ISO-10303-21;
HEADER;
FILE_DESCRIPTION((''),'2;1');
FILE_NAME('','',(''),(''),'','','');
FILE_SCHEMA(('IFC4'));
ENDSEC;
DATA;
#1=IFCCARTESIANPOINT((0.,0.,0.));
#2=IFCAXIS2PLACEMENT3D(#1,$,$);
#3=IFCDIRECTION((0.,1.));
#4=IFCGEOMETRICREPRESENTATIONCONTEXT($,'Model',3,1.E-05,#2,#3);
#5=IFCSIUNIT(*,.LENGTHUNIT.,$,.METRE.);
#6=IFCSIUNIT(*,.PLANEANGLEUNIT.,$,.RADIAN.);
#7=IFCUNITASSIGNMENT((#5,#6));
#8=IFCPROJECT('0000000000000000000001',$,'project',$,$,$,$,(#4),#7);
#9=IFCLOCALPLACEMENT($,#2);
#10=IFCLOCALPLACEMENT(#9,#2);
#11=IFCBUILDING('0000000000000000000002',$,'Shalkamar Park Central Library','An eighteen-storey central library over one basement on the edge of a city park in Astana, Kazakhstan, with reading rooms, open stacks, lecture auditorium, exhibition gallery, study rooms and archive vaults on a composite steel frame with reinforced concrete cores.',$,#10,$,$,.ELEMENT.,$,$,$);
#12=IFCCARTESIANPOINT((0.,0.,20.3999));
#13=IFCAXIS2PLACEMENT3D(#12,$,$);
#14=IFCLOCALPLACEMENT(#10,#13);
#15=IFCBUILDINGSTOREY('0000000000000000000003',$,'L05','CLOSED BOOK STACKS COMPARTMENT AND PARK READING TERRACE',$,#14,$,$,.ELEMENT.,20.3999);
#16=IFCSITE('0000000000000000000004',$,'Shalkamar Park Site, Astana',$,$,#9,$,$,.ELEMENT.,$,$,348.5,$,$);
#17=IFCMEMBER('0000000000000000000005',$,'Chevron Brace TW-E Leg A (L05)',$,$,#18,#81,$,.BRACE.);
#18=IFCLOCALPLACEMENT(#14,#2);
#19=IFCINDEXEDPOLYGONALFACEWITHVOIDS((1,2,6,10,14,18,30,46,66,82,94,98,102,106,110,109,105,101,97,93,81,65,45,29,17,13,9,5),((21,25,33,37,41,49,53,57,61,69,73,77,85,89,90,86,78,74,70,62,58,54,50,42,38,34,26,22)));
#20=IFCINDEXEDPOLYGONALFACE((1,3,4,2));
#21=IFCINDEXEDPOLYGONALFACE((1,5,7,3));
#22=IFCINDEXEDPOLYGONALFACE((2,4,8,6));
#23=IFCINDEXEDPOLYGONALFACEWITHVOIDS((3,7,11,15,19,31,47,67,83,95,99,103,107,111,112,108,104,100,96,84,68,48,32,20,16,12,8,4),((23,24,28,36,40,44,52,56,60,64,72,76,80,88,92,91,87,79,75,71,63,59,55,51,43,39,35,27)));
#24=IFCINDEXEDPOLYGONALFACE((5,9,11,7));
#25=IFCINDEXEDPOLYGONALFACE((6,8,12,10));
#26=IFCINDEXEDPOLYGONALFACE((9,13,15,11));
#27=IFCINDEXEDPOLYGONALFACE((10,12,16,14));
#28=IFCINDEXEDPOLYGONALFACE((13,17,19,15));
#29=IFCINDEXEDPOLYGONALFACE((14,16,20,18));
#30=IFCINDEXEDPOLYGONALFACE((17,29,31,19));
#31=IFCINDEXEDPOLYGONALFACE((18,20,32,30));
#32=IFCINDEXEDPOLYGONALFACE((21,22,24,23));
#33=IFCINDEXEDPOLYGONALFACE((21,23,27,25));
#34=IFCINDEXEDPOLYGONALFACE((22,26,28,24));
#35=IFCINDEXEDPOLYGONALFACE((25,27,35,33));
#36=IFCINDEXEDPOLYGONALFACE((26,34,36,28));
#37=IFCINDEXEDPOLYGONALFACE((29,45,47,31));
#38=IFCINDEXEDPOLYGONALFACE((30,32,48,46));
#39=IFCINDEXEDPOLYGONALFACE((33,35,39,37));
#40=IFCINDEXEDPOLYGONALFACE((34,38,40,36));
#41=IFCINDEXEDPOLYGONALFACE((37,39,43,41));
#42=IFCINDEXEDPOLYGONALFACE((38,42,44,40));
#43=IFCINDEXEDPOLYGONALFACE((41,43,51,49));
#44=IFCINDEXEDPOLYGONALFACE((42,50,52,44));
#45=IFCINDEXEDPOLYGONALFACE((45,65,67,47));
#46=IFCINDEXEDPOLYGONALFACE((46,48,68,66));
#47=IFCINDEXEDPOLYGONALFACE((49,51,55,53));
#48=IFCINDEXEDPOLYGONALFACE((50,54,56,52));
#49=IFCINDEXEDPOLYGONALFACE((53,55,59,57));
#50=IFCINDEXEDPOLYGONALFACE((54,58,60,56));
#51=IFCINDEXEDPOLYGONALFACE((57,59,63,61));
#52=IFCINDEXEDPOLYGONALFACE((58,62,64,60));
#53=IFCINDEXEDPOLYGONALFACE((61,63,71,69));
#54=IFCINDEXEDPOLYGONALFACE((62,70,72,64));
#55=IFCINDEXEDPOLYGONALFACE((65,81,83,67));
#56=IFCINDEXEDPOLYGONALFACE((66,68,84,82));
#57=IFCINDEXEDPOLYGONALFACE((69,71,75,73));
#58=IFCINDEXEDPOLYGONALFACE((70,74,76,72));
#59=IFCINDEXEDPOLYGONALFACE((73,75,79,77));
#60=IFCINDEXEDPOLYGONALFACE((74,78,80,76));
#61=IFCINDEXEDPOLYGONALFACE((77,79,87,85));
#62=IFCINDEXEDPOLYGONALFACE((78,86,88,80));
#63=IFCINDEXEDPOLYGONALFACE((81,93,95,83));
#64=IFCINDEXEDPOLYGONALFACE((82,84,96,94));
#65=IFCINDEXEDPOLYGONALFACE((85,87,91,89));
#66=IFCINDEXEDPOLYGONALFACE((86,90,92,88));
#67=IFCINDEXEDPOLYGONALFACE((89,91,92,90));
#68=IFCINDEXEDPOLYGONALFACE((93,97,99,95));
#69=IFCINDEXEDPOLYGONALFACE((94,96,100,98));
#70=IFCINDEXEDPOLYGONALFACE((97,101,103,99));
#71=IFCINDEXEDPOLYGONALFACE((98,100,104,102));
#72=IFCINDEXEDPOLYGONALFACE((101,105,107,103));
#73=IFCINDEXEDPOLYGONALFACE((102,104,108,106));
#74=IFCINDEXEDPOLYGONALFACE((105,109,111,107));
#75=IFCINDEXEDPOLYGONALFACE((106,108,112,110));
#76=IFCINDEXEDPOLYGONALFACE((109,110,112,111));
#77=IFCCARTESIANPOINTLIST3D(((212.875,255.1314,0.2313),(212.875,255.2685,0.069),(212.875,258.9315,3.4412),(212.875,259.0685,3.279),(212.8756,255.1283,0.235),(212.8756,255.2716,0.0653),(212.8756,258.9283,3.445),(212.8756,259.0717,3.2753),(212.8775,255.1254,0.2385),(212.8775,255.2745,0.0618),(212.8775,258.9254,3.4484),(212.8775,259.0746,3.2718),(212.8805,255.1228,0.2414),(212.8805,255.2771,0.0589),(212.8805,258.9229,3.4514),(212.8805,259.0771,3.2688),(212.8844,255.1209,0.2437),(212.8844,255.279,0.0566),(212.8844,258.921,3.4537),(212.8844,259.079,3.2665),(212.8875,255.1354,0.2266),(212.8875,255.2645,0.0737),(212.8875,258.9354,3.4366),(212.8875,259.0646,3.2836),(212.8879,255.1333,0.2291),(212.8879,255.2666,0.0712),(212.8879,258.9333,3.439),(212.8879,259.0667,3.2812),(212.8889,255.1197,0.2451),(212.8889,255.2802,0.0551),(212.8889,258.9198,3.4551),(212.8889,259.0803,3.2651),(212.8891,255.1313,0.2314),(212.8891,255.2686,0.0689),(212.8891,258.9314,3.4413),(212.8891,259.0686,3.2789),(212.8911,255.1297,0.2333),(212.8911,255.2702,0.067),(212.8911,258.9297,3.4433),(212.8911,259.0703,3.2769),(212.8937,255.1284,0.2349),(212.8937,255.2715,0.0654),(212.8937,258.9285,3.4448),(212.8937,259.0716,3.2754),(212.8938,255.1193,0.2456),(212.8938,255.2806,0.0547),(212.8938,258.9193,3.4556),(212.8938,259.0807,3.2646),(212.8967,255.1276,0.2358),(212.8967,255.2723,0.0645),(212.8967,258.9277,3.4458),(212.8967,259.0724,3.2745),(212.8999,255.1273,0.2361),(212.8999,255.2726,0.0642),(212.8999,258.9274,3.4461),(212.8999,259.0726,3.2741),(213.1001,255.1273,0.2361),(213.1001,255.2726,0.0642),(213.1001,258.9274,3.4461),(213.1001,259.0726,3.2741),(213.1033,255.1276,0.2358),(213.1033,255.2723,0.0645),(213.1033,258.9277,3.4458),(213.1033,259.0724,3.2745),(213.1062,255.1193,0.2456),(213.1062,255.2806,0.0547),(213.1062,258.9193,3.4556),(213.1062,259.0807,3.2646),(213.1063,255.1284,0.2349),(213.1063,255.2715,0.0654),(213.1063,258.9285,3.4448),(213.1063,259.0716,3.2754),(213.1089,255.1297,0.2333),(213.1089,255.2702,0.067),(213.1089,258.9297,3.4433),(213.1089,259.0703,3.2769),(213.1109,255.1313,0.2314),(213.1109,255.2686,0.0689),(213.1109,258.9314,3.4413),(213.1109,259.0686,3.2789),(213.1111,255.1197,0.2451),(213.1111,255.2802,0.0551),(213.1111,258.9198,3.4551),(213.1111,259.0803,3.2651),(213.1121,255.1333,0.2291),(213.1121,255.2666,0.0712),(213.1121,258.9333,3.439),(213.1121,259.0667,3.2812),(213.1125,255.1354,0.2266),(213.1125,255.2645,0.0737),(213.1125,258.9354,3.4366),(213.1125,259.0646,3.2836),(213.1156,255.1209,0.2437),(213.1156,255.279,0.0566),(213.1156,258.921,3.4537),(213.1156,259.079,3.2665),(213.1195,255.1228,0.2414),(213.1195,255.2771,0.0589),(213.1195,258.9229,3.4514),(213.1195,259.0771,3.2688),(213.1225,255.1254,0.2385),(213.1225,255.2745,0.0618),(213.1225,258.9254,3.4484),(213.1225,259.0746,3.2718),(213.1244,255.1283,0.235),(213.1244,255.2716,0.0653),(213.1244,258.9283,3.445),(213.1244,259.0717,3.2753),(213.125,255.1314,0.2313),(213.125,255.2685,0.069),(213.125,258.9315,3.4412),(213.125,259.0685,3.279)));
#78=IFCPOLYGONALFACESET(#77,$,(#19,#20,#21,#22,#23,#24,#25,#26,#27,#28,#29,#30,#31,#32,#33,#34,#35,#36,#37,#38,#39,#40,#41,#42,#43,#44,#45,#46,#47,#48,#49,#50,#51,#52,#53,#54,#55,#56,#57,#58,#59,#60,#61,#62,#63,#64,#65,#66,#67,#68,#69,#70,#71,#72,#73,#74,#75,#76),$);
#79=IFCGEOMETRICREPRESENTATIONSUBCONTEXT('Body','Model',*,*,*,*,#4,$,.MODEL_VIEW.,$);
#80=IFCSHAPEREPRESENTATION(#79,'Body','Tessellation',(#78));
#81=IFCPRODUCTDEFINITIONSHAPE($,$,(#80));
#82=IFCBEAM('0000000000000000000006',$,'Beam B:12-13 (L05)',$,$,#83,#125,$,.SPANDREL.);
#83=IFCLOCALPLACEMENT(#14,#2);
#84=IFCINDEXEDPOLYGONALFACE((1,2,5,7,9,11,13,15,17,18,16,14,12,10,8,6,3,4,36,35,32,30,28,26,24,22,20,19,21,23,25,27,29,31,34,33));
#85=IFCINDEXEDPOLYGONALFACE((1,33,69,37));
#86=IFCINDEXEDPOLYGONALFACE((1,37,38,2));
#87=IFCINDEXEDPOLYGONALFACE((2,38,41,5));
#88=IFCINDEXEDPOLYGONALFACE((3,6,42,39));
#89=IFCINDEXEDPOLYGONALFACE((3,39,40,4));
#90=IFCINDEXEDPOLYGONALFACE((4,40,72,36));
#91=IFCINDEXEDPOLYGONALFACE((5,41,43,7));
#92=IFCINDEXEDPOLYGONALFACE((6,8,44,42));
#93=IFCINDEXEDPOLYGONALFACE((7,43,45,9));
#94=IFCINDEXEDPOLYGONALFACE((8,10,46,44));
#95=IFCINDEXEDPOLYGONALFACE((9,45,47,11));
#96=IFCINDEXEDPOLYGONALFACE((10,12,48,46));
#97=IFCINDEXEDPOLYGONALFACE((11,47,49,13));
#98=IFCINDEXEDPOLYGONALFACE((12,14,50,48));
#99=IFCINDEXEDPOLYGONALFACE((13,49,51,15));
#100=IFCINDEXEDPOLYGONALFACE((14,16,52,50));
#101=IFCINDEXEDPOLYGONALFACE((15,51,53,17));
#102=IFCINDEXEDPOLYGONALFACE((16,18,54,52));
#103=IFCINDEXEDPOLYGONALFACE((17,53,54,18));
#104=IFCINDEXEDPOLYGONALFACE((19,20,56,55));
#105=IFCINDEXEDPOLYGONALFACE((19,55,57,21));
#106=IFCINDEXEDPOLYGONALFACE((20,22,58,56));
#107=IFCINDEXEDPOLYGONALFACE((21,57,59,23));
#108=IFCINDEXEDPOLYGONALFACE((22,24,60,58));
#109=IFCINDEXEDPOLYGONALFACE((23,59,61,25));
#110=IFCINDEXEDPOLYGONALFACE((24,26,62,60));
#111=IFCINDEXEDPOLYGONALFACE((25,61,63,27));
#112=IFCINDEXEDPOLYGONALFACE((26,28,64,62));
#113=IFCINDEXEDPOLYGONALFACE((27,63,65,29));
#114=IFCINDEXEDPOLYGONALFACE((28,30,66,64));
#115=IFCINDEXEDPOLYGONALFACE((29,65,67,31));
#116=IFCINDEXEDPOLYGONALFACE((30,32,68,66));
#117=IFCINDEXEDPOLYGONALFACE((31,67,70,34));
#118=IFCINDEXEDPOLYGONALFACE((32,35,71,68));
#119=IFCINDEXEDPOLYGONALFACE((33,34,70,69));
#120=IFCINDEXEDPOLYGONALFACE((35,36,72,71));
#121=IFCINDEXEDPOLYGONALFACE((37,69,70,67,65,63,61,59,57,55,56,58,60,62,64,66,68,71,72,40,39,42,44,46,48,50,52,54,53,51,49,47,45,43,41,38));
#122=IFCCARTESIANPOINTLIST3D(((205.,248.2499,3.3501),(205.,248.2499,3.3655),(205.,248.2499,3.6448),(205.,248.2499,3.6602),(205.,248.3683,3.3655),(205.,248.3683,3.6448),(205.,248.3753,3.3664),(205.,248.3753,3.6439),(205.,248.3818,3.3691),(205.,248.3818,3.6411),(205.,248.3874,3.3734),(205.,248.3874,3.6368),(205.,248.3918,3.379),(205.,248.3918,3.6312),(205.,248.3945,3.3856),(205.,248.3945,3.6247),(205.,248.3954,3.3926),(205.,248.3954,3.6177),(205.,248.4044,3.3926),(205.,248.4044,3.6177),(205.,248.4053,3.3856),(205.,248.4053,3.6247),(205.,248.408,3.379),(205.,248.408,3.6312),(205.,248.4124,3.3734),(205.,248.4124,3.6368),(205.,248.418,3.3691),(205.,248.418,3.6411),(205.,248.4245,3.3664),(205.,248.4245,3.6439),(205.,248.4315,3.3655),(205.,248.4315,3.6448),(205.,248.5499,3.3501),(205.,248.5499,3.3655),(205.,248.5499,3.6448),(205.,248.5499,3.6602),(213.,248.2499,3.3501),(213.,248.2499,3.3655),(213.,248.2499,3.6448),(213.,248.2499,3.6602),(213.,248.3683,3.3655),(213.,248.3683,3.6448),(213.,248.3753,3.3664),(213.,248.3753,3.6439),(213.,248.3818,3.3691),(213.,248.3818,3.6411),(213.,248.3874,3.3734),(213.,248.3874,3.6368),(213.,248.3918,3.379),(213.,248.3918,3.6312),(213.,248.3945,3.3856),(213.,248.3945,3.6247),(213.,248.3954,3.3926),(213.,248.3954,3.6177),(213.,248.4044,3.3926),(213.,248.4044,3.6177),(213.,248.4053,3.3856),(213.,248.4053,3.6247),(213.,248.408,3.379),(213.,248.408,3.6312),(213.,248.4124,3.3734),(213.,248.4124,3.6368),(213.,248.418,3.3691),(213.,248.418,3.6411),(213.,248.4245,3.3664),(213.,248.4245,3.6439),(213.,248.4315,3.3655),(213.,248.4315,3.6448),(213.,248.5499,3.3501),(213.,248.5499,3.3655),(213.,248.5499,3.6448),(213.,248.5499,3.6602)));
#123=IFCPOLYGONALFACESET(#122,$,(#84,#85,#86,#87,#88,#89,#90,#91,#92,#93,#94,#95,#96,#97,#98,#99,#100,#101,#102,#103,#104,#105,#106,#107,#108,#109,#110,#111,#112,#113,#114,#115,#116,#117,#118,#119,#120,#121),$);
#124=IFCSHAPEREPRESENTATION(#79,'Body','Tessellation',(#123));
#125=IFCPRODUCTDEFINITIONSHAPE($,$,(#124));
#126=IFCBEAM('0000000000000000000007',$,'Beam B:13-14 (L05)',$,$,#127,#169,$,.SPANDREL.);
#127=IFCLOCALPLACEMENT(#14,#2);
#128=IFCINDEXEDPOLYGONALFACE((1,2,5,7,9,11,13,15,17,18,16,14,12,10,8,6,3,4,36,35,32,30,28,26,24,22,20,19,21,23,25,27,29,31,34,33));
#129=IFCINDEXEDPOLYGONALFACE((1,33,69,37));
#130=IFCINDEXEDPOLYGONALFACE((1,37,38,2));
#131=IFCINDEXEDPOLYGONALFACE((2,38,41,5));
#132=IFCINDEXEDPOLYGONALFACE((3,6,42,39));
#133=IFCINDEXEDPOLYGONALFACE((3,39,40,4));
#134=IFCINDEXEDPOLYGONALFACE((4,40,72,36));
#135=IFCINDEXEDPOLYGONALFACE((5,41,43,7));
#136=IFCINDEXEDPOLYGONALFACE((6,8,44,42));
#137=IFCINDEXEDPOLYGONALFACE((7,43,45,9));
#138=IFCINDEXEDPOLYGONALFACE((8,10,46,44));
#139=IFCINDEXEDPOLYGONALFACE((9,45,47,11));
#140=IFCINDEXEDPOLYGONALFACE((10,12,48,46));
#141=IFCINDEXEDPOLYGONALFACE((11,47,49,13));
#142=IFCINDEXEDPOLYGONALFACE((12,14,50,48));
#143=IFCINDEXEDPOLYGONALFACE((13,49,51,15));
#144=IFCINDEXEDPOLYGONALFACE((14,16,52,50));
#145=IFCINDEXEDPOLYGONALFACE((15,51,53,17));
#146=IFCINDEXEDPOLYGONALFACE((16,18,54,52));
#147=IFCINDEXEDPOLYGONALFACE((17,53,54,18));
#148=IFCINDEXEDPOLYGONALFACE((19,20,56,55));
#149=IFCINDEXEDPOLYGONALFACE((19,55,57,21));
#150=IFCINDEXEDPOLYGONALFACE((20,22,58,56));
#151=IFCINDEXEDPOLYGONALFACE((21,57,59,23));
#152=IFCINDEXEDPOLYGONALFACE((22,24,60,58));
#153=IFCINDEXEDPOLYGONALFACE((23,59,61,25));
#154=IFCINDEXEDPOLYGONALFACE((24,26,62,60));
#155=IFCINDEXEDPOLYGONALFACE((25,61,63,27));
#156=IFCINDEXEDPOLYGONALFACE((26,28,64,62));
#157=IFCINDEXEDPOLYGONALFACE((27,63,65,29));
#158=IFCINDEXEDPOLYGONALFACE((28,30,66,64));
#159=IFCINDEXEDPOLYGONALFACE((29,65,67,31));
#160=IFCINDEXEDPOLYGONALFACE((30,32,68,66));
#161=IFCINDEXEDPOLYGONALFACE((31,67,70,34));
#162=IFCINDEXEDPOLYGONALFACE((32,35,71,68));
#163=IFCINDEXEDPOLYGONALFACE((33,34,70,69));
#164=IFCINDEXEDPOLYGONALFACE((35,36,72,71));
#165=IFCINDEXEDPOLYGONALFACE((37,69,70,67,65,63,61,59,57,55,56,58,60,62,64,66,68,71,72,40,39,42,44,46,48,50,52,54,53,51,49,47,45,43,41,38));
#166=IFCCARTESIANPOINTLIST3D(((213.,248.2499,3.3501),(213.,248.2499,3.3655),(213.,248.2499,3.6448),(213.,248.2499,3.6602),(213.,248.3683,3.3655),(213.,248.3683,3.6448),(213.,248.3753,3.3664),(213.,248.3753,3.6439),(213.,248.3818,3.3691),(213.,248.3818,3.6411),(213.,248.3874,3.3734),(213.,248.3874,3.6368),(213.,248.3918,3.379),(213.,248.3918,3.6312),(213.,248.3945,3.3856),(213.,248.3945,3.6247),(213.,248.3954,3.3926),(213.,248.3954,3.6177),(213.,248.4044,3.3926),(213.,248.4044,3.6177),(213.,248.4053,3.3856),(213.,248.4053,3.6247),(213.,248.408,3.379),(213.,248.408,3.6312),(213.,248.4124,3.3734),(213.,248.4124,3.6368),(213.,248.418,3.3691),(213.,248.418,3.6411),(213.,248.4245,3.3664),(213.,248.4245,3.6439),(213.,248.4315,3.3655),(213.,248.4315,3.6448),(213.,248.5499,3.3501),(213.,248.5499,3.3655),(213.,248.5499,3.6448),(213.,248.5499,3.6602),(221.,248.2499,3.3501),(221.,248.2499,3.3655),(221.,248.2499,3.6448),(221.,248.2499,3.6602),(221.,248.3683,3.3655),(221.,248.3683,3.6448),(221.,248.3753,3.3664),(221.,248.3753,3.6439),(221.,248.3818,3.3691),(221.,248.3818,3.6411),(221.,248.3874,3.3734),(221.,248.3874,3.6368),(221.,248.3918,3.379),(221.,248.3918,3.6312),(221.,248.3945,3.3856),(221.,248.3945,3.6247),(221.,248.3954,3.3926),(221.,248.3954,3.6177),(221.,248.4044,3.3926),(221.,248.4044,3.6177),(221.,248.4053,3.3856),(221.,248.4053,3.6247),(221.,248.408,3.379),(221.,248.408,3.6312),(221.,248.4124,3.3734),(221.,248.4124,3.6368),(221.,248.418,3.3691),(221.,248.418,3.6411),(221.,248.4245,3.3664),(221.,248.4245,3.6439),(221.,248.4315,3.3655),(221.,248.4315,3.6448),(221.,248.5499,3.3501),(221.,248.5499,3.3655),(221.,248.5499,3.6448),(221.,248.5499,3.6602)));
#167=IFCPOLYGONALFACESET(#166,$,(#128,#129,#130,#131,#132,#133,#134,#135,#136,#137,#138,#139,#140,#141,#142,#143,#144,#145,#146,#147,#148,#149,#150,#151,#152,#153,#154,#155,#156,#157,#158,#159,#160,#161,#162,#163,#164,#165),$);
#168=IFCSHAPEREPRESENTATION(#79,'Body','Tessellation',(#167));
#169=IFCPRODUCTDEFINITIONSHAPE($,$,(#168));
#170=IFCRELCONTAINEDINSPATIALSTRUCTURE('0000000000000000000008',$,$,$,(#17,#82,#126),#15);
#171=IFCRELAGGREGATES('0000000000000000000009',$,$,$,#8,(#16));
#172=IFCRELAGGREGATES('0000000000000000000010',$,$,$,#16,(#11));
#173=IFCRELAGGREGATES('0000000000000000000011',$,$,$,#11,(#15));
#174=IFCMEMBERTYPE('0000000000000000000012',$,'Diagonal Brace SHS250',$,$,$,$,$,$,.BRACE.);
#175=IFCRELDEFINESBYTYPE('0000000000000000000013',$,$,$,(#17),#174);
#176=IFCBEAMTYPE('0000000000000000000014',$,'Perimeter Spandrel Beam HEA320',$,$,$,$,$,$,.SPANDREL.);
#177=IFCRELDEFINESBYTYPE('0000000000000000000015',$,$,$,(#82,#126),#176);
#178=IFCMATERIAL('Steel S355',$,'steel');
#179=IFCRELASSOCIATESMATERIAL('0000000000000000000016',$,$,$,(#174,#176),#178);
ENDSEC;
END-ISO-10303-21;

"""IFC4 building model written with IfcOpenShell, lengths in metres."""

from ifc_helpers import new_model, si_unit, direction, frame, origin, origin_2d, place, context, subcontext, project, spatial, hollow_rectangle, i_section, extrude, material, material_profile, profile_set, type_object, element, save


model = new_model("IFC4")

# Units and contexts
model_context = context("Model", 3, precision=1e-05, world=origin(), true_north=direction((0.0, 1.0)))
body_context = subcontext(model_context, "Body", "Model", "MODEL_VIEW")
ifc_project = project(units=[si_unit("LENGTHUNIT", "METRE"), si_unit("PLANEANGLEUNIT", "RADIAN")], contexts=[model_context])

# Site, building, storey
site_placement = place(None, origin())
site = spatial("IfcSite", under=ifc_project, at=site_placement, Name="Shalkamar Park Site, Astana", CompositionType="ELEMENT", RefElevation=348.5)
building_placement = place(site_placement, origin())
building = spatial("IfcBuilding", under=site, at=building_placement, Name="Shalkamar Park Central Library", Description="An eighteen-storey central library over one basement on the edge of a city park in Astana, Kazakhstan, with reading rooms, open stacks, lecture auditorium, exhibition gallery, study rooms and archive vaults on a composite steel frame with reinforced concrete cores.", CompositionType="ELEMENT")
storey_placement = place(building_placement, frame((0.0, 0.0, 20.3999)))
storey = spatial("IfcBuildingStorey", under=building, at=storey_placement, Name="L05", Description="CLOSED BOOK STACKS COMPARTMENT AND PARK READING TERRACE", CompositionType="ELEMENT", Elevation=20.3999)

# Shared definitions
ifc_material_1 = material(Name="Steel S355", Category="steel")

# Member
ifc_material_profile_1 = material_profile(ifc_material_1, hollow_rectangle(XDim=0.25, YDim=0.25, WallThickness=0.0125, InnerFilletRadius=0.0125, OuterFilletRadius=0.0188, at=origin_2d()), Name="SHS 250x250x12.5")
ifc_profile_set_1 = profile_set([ifc_material_profile_1], Name="Steel S355")
member_type = type_object("IfcMemberType", Name="Diagonal Brace SHS250", PredefinedType="BRACE", material=ifc_profile_set_1)
member_placement = place(storey_placement, frame((213.0, 255.2, 0.1501), z_axis=(0.0, 0.763928, 0.645302), x_axis=(-1.0, 0.0, 0.0)))
element("IfcMember", 1, at=member_placement, inside=storey, type_object=member_type, Name="Chevron Brace TW-E Leg A (L05)", PredefinedType="BRACE", context=body_context, shape_type="SweptSolid", body=[
    extrude(hollow_rectangle(XDim=0.25, YDim=0.25, WallThickness=0.0125, InnerFilletRadius=0.0125, OuterFilletRadius=0.0188, at=origin_2d()), origin(), (0.0, 0.0, 1.0), 4.9744),
])

# Beams
ifc_material_profile_2 = material_profile(ifc_material_1, i_section(OverallWidth=0.3, OverallDepth=0.3101, WebThickness=0.009, FlangeThickness=0.0154, FilletRadius=0.0271, at=origin_2d()), Name="HEA 320")
ifc_profile_set_2 = profile_set([ifc_material_profile_2], Name="Steel S355")
beam_type_1 = type_object("IfcBeamType", Name="Perimeter Spandrel Beam HEA320", PredefinedType="SPANDREL", material=ifc_profile_set_2)
for number, where, z_axis, x_axis, name in (
    (2, (205.0, 248.3999, 3.5051), (1.0, 0.0, 0.0), (0.0, 1.0, 0.0), "Beam B:12-13 (L05)"),
    (3, (213.0, 248.3999, 3.5051), (1.0, 0.0, 0.0), (0.0, 1.0, 0.0), "Beam B:13-14 (L05)"),
):
    element("IfcBeam", number, at=place(storey_placement, frame(where, z_axis=z_axis, x_axis=x_axis)), inside=storey, type_object=beam_type_1, Name=name, PredefinedType="SPANDREL", context=body_context, shape_type="SweptSolid", body=[
        extrude(i_section(OverallWidth=0.3, OverallDepth=0.3101, WebThickness=0.009, FlangeThickness=0.0154, FilletRadius=0.0271, at=origin_2d()), origin(), (0.0, 0.0, 1.0), 8.0),
    ])

save(model, "model.ifc")
